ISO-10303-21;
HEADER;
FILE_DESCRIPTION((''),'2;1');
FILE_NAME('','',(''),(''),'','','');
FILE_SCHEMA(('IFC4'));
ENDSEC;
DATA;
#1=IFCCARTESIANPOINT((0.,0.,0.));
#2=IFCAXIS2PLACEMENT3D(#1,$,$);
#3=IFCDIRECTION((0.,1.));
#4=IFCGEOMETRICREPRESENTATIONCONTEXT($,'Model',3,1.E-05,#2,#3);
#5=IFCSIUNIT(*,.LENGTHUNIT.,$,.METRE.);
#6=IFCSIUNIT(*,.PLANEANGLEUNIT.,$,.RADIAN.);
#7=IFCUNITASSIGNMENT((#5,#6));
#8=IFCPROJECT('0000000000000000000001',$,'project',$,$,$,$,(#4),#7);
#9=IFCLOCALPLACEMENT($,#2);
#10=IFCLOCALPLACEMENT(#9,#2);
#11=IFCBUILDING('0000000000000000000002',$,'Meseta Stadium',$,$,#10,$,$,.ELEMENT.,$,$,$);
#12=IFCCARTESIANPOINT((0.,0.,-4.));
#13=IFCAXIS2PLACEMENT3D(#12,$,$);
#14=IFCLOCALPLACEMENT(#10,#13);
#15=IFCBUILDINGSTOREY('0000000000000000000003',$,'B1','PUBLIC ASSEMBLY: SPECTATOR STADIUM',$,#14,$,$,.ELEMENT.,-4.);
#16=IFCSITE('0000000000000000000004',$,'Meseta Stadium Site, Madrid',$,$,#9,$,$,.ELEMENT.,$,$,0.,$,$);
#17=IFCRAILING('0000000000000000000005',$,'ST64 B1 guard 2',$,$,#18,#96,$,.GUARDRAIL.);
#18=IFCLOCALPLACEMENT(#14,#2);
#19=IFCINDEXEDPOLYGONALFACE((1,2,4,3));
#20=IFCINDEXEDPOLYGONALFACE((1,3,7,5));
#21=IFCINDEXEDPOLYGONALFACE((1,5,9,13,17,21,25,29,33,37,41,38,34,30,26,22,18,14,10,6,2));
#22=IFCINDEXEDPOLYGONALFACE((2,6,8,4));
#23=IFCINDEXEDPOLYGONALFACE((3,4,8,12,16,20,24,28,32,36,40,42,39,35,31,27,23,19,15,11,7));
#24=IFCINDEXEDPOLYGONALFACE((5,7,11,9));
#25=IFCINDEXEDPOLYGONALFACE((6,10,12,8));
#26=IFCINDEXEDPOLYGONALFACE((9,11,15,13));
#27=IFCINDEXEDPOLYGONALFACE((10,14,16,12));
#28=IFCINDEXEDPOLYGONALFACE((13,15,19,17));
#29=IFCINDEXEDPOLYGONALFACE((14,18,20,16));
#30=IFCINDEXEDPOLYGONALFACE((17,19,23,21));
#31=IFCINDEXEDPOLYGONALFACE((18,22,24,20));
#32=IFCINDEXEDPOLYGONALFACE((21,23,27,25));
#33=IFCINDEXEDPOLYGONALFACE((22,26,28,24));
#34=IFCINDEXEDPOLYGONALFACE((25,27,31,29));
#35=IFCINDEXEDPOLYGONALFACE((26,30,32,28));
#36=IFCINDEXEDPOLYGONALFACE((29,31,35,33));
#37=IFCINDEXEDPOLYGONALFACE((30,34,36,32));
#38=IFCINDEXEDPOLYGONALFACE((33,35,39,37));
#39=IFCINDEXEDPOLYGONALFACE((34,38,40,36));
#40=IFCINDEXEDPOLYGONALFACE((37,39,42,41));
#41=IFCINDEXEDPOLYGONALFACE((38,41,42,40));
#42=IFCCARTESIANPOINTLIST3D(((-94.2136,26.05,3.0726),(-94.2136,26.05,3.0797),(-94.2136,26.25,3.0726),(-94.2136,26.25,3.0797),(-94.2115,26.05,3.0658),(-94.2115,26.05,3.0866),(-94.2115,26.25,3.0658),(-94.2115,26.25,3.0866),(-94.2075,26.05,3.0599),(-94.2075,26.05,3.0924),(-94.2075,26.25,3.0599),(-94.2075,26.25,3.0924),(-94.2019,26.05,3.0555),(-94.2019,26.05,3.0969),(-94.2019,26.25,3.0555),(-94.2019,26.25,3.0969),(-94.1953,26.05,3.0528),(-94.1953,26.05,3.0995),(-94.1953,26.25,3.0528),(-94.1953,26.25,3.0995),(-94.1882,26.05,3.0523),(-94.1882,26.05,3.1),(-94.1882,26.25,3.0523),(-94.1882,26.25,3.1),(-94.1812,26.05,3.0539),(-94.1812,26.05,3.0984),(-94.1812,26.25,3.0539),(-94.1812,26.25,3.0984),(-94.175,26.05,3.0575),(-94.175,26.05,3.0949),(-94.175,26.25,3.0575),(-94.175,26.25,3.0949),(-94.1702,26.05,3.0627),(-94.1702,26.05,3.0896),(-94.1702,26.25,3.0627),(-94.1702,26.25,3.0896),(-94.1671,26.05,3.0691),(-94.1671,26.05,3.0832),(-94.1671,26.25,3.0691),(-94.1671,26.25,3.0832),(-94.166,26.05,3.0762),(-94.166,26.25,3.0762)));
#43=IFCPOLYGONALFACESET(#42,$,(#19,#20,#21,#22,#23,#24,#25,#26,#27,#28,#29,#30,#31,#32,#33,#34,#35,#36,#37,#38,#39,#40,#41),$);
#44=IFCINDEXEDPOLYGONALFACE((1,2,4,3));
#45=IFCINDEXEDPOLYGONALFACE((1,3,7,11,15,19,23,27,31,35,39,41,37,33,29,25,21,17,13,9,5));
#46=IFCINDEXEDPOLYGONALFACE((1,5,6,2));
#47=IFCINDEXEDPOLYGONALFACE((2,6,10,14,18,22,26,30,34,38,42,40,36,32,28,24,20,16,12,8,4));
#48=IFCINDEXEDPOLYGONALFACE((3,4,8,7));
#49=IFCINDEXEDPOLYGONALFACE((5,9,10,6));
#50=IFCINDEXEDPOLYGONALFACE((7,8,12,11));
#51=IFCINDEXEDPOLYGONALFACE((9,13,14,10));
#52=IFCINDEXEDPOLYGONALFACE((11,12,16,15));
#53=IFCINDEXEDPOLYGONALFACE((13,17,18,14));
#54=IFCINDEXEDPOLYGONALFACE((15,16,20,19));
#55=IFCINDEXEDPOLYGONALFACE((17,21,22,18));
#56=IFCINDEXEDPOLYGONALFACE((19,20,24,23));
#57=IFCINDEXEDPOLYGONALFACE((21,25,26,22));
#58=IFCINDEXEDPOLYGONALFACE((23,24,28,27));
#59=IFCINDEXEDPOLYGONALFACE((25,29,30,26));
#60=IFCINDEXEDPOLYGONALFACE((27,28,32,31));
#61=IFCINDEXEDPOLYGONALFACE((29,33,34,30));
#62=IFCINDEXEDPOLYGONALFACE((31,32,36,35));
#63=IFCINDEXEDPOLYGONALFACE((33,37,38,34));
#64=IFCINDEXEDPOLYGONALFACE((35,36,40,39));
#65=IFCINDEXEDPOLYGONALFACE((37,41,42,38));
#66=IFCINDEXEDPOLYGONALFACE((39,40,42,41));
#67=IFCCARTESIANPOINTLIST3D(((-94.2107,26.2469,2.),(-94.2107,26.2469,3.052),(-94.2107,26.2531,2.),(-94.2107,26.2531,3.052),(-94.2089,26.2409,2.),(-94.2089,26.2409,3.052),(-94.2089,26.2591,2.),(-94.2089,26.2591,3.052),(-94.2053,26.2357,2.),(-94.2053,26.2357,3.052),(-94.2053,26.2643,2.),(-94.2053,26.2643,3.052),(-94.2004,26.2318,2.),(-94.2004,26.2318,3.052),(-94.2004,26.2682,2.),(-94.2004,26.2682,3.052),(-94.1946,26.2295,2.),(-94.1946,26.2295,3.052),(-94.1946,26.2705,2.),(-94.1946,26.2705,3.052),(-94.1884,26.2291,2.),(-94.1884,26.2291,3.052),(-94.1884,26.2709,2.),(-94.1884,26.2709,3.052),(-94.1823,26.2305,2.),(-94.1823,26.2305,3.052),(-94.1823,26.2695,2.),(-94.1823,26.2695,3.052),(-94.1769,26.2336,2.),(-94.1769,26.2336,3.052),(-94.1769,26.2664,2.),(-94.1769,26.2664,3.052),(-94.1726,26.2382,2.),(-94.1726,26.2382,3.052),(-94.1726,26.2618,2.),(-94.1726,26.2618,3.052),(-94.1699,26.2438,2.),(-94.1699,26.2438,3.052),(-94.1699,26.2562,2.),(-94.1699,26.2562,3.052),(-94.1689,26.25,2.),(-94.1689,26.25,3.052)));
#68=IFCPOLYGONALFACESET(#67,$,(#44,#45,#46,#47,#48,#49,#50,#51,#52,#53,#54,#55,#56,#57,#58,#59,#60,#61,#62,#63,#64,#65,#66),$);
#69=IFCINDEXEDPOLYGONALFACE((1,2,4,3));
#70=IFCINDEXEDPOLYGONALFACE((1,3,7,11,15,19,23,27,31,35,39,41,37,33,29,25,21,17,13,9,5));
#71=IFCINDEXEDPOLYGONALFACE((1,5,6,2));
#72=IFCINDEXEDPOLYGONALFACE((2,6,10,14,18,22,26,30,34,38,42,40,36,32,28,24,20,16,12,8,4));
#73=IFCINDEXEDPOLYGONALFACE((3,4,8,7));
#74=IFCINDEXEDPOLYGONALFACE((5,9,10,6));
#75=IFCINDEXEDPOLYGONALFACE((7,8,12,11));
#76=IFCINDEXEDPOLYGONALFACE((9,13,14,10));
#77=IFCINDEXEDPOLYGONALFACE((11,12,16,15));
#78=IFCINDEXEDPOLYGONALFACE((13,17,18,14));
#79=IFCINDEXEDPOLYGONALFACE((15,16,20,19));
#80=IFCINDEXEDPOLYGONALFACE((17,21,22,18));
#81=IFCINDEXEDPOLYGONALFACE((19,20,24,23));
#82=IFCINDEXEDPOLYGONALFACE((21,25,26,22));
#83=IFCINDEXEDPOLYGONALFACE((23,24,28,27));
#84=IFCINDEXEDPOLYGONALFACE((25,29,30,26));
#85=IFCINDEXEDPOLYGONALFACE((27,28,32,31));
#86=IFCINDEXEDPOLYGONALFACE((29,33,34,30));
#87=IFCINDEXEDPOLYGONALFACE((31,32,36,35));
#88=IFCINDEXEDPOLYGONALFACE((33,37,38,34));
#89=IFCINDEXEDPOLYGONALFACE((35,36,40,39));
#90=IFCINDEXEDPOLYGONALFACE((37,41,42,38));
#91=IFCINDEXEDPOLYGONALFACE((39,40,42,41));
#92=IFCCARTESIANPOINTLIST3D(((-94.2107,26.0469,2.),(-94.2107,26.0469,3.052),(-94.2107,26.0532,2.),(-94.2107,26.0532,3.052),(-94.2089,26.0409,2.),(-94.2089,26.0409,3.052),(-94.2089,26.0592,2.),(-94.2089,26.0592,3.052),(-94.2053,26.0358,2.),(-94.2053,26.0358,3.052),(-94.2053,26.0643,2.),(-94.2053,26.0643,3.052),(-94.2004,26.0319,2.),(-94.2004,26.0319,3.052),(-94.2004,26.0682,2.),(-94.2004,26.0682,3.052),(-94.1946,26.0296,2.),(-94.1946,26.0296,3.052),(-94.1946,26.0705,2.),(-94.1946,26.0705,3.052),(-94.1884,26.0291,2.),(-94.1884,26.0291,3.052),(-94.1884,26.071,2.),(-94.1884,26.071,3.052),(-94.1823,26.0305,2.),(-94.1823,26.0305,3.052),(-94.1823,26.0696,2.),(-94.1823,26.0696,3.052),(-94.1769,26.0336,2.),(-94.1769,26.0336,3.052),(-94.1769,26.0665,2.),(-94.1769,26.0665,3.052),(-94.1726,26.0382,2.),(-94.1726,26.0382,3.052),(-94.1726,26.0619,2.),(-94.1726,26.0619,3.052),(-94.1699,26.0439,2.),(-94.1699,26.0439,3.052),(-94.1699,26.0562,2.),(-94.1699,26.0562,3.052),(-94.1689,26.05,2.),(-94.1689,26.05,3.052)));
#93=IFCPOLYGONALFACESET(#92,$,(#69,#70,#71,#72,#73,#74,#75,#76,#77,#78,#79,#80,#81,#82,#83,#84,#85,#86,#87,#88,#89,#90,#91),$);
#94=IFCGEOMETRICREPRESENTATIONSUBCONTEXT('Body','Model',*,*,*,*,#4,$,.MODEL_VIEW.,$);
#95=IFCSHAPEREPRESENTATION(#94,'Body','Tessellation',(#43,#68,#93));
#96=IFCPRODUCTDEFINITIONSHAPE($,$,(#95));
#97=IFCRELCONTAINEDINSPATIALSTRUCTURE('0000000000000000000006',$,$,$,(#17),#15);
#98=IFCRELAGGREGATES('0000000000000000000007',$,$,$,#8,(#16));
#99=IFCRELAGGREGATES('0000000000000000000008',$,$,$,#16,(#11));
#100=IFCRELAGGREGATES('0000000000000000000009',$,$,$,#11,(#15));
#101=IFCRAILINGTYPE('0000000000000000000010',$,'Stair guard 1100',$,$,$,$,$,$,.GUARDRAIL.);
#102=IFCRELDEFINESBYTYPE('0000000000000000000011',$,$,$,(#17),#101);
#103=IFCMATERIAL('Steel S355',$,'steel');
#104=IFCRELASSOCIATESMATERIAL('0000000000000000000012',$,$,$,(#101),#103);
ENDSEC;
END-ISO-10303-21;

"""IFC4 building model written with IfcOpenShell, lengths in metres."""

from ifc_helpers import new_model, si_unit, direction, frame, origin, origin_2d, place, context, subcontext, project, spatial, circle, extrude, material, type_object, element, save


model = new_model("IFC4")

# Units and contexts
model_context = context("Model", 3, precision=1e-05, world=origin(), true_north=direction((0.0, 1.0)))
body_context = subcontext(model_context, "Body", "Model", "MODEL_VIEW")
ifc_project = project(units=[si_unit("LENGTHUNIT", "METRE"), si_unit("PLANEANGLEUNIT", "RADIAN")], contexts=[model_context])

# Site, building, storey
site_placement = place(None, origin())
site = spatial("IfcSite", under=ifc_project, at=site_placement, Name="Meseta Stadium Site, Madrid", CompositionType="ELEMENT", RefElevation=0.0)
building_placement = place(site_placement, origin())
building = spatial("IfcBuilding", under=site, at=building_placement, Name="Meseta Stadium", CompositionType="ELEMENT")
storey_placement = place(building_placement, frame((0.0, 0.0, -4.0)))
storey = spatial("IfcBuildingStorey", under=building, at=storey_placement, Name="B1", Description="PUBLIC ASSEMBLY: SPECTATOR STADIUM", CompositionType="ELEMENT", Elevation=-4.0)

# Railing
ifc_material_1 = material(Name="Steel S355", Category="steel")
railing_type_1 = type_object("IfcRailingType", Name="Stair guard 1100", PredefinedType="GUARDRAIL", material=ifc_material_1)
railing_1_placement = place(storey_placement, frame((-94.1899, 26.25, 2.0)))
element("IfcRailing", 1, at=railing_1_placement, inside=storey, type_object=railing_type_1, Name="ST64 B1 guard 2", PredefinedType="GUARDRAIL", context=body_context, shape_type="SweptSolid", body=[
    extrude(circle(Radius=0.0239, at=origin_2d()), frame((0.0, 0.0, 1.0762), z_axis=(0.0, -1.0, 0.0), x_axis=(1.0, 0.0, 0.0)), (0.0, 0.0, 1.0), 0.2),
    extrude(circle(Radius=0.021, at=origin_2d()), origin(), (0.0, 0.0, 1.0), 1.052),
    extrude(circle(Radius=0.021, at=origin_2d()), frame((0.0, -0.2, 0.0)), (0.0, 0.0, 1.0), 1.052),
])

save(model, "model.ifc")
